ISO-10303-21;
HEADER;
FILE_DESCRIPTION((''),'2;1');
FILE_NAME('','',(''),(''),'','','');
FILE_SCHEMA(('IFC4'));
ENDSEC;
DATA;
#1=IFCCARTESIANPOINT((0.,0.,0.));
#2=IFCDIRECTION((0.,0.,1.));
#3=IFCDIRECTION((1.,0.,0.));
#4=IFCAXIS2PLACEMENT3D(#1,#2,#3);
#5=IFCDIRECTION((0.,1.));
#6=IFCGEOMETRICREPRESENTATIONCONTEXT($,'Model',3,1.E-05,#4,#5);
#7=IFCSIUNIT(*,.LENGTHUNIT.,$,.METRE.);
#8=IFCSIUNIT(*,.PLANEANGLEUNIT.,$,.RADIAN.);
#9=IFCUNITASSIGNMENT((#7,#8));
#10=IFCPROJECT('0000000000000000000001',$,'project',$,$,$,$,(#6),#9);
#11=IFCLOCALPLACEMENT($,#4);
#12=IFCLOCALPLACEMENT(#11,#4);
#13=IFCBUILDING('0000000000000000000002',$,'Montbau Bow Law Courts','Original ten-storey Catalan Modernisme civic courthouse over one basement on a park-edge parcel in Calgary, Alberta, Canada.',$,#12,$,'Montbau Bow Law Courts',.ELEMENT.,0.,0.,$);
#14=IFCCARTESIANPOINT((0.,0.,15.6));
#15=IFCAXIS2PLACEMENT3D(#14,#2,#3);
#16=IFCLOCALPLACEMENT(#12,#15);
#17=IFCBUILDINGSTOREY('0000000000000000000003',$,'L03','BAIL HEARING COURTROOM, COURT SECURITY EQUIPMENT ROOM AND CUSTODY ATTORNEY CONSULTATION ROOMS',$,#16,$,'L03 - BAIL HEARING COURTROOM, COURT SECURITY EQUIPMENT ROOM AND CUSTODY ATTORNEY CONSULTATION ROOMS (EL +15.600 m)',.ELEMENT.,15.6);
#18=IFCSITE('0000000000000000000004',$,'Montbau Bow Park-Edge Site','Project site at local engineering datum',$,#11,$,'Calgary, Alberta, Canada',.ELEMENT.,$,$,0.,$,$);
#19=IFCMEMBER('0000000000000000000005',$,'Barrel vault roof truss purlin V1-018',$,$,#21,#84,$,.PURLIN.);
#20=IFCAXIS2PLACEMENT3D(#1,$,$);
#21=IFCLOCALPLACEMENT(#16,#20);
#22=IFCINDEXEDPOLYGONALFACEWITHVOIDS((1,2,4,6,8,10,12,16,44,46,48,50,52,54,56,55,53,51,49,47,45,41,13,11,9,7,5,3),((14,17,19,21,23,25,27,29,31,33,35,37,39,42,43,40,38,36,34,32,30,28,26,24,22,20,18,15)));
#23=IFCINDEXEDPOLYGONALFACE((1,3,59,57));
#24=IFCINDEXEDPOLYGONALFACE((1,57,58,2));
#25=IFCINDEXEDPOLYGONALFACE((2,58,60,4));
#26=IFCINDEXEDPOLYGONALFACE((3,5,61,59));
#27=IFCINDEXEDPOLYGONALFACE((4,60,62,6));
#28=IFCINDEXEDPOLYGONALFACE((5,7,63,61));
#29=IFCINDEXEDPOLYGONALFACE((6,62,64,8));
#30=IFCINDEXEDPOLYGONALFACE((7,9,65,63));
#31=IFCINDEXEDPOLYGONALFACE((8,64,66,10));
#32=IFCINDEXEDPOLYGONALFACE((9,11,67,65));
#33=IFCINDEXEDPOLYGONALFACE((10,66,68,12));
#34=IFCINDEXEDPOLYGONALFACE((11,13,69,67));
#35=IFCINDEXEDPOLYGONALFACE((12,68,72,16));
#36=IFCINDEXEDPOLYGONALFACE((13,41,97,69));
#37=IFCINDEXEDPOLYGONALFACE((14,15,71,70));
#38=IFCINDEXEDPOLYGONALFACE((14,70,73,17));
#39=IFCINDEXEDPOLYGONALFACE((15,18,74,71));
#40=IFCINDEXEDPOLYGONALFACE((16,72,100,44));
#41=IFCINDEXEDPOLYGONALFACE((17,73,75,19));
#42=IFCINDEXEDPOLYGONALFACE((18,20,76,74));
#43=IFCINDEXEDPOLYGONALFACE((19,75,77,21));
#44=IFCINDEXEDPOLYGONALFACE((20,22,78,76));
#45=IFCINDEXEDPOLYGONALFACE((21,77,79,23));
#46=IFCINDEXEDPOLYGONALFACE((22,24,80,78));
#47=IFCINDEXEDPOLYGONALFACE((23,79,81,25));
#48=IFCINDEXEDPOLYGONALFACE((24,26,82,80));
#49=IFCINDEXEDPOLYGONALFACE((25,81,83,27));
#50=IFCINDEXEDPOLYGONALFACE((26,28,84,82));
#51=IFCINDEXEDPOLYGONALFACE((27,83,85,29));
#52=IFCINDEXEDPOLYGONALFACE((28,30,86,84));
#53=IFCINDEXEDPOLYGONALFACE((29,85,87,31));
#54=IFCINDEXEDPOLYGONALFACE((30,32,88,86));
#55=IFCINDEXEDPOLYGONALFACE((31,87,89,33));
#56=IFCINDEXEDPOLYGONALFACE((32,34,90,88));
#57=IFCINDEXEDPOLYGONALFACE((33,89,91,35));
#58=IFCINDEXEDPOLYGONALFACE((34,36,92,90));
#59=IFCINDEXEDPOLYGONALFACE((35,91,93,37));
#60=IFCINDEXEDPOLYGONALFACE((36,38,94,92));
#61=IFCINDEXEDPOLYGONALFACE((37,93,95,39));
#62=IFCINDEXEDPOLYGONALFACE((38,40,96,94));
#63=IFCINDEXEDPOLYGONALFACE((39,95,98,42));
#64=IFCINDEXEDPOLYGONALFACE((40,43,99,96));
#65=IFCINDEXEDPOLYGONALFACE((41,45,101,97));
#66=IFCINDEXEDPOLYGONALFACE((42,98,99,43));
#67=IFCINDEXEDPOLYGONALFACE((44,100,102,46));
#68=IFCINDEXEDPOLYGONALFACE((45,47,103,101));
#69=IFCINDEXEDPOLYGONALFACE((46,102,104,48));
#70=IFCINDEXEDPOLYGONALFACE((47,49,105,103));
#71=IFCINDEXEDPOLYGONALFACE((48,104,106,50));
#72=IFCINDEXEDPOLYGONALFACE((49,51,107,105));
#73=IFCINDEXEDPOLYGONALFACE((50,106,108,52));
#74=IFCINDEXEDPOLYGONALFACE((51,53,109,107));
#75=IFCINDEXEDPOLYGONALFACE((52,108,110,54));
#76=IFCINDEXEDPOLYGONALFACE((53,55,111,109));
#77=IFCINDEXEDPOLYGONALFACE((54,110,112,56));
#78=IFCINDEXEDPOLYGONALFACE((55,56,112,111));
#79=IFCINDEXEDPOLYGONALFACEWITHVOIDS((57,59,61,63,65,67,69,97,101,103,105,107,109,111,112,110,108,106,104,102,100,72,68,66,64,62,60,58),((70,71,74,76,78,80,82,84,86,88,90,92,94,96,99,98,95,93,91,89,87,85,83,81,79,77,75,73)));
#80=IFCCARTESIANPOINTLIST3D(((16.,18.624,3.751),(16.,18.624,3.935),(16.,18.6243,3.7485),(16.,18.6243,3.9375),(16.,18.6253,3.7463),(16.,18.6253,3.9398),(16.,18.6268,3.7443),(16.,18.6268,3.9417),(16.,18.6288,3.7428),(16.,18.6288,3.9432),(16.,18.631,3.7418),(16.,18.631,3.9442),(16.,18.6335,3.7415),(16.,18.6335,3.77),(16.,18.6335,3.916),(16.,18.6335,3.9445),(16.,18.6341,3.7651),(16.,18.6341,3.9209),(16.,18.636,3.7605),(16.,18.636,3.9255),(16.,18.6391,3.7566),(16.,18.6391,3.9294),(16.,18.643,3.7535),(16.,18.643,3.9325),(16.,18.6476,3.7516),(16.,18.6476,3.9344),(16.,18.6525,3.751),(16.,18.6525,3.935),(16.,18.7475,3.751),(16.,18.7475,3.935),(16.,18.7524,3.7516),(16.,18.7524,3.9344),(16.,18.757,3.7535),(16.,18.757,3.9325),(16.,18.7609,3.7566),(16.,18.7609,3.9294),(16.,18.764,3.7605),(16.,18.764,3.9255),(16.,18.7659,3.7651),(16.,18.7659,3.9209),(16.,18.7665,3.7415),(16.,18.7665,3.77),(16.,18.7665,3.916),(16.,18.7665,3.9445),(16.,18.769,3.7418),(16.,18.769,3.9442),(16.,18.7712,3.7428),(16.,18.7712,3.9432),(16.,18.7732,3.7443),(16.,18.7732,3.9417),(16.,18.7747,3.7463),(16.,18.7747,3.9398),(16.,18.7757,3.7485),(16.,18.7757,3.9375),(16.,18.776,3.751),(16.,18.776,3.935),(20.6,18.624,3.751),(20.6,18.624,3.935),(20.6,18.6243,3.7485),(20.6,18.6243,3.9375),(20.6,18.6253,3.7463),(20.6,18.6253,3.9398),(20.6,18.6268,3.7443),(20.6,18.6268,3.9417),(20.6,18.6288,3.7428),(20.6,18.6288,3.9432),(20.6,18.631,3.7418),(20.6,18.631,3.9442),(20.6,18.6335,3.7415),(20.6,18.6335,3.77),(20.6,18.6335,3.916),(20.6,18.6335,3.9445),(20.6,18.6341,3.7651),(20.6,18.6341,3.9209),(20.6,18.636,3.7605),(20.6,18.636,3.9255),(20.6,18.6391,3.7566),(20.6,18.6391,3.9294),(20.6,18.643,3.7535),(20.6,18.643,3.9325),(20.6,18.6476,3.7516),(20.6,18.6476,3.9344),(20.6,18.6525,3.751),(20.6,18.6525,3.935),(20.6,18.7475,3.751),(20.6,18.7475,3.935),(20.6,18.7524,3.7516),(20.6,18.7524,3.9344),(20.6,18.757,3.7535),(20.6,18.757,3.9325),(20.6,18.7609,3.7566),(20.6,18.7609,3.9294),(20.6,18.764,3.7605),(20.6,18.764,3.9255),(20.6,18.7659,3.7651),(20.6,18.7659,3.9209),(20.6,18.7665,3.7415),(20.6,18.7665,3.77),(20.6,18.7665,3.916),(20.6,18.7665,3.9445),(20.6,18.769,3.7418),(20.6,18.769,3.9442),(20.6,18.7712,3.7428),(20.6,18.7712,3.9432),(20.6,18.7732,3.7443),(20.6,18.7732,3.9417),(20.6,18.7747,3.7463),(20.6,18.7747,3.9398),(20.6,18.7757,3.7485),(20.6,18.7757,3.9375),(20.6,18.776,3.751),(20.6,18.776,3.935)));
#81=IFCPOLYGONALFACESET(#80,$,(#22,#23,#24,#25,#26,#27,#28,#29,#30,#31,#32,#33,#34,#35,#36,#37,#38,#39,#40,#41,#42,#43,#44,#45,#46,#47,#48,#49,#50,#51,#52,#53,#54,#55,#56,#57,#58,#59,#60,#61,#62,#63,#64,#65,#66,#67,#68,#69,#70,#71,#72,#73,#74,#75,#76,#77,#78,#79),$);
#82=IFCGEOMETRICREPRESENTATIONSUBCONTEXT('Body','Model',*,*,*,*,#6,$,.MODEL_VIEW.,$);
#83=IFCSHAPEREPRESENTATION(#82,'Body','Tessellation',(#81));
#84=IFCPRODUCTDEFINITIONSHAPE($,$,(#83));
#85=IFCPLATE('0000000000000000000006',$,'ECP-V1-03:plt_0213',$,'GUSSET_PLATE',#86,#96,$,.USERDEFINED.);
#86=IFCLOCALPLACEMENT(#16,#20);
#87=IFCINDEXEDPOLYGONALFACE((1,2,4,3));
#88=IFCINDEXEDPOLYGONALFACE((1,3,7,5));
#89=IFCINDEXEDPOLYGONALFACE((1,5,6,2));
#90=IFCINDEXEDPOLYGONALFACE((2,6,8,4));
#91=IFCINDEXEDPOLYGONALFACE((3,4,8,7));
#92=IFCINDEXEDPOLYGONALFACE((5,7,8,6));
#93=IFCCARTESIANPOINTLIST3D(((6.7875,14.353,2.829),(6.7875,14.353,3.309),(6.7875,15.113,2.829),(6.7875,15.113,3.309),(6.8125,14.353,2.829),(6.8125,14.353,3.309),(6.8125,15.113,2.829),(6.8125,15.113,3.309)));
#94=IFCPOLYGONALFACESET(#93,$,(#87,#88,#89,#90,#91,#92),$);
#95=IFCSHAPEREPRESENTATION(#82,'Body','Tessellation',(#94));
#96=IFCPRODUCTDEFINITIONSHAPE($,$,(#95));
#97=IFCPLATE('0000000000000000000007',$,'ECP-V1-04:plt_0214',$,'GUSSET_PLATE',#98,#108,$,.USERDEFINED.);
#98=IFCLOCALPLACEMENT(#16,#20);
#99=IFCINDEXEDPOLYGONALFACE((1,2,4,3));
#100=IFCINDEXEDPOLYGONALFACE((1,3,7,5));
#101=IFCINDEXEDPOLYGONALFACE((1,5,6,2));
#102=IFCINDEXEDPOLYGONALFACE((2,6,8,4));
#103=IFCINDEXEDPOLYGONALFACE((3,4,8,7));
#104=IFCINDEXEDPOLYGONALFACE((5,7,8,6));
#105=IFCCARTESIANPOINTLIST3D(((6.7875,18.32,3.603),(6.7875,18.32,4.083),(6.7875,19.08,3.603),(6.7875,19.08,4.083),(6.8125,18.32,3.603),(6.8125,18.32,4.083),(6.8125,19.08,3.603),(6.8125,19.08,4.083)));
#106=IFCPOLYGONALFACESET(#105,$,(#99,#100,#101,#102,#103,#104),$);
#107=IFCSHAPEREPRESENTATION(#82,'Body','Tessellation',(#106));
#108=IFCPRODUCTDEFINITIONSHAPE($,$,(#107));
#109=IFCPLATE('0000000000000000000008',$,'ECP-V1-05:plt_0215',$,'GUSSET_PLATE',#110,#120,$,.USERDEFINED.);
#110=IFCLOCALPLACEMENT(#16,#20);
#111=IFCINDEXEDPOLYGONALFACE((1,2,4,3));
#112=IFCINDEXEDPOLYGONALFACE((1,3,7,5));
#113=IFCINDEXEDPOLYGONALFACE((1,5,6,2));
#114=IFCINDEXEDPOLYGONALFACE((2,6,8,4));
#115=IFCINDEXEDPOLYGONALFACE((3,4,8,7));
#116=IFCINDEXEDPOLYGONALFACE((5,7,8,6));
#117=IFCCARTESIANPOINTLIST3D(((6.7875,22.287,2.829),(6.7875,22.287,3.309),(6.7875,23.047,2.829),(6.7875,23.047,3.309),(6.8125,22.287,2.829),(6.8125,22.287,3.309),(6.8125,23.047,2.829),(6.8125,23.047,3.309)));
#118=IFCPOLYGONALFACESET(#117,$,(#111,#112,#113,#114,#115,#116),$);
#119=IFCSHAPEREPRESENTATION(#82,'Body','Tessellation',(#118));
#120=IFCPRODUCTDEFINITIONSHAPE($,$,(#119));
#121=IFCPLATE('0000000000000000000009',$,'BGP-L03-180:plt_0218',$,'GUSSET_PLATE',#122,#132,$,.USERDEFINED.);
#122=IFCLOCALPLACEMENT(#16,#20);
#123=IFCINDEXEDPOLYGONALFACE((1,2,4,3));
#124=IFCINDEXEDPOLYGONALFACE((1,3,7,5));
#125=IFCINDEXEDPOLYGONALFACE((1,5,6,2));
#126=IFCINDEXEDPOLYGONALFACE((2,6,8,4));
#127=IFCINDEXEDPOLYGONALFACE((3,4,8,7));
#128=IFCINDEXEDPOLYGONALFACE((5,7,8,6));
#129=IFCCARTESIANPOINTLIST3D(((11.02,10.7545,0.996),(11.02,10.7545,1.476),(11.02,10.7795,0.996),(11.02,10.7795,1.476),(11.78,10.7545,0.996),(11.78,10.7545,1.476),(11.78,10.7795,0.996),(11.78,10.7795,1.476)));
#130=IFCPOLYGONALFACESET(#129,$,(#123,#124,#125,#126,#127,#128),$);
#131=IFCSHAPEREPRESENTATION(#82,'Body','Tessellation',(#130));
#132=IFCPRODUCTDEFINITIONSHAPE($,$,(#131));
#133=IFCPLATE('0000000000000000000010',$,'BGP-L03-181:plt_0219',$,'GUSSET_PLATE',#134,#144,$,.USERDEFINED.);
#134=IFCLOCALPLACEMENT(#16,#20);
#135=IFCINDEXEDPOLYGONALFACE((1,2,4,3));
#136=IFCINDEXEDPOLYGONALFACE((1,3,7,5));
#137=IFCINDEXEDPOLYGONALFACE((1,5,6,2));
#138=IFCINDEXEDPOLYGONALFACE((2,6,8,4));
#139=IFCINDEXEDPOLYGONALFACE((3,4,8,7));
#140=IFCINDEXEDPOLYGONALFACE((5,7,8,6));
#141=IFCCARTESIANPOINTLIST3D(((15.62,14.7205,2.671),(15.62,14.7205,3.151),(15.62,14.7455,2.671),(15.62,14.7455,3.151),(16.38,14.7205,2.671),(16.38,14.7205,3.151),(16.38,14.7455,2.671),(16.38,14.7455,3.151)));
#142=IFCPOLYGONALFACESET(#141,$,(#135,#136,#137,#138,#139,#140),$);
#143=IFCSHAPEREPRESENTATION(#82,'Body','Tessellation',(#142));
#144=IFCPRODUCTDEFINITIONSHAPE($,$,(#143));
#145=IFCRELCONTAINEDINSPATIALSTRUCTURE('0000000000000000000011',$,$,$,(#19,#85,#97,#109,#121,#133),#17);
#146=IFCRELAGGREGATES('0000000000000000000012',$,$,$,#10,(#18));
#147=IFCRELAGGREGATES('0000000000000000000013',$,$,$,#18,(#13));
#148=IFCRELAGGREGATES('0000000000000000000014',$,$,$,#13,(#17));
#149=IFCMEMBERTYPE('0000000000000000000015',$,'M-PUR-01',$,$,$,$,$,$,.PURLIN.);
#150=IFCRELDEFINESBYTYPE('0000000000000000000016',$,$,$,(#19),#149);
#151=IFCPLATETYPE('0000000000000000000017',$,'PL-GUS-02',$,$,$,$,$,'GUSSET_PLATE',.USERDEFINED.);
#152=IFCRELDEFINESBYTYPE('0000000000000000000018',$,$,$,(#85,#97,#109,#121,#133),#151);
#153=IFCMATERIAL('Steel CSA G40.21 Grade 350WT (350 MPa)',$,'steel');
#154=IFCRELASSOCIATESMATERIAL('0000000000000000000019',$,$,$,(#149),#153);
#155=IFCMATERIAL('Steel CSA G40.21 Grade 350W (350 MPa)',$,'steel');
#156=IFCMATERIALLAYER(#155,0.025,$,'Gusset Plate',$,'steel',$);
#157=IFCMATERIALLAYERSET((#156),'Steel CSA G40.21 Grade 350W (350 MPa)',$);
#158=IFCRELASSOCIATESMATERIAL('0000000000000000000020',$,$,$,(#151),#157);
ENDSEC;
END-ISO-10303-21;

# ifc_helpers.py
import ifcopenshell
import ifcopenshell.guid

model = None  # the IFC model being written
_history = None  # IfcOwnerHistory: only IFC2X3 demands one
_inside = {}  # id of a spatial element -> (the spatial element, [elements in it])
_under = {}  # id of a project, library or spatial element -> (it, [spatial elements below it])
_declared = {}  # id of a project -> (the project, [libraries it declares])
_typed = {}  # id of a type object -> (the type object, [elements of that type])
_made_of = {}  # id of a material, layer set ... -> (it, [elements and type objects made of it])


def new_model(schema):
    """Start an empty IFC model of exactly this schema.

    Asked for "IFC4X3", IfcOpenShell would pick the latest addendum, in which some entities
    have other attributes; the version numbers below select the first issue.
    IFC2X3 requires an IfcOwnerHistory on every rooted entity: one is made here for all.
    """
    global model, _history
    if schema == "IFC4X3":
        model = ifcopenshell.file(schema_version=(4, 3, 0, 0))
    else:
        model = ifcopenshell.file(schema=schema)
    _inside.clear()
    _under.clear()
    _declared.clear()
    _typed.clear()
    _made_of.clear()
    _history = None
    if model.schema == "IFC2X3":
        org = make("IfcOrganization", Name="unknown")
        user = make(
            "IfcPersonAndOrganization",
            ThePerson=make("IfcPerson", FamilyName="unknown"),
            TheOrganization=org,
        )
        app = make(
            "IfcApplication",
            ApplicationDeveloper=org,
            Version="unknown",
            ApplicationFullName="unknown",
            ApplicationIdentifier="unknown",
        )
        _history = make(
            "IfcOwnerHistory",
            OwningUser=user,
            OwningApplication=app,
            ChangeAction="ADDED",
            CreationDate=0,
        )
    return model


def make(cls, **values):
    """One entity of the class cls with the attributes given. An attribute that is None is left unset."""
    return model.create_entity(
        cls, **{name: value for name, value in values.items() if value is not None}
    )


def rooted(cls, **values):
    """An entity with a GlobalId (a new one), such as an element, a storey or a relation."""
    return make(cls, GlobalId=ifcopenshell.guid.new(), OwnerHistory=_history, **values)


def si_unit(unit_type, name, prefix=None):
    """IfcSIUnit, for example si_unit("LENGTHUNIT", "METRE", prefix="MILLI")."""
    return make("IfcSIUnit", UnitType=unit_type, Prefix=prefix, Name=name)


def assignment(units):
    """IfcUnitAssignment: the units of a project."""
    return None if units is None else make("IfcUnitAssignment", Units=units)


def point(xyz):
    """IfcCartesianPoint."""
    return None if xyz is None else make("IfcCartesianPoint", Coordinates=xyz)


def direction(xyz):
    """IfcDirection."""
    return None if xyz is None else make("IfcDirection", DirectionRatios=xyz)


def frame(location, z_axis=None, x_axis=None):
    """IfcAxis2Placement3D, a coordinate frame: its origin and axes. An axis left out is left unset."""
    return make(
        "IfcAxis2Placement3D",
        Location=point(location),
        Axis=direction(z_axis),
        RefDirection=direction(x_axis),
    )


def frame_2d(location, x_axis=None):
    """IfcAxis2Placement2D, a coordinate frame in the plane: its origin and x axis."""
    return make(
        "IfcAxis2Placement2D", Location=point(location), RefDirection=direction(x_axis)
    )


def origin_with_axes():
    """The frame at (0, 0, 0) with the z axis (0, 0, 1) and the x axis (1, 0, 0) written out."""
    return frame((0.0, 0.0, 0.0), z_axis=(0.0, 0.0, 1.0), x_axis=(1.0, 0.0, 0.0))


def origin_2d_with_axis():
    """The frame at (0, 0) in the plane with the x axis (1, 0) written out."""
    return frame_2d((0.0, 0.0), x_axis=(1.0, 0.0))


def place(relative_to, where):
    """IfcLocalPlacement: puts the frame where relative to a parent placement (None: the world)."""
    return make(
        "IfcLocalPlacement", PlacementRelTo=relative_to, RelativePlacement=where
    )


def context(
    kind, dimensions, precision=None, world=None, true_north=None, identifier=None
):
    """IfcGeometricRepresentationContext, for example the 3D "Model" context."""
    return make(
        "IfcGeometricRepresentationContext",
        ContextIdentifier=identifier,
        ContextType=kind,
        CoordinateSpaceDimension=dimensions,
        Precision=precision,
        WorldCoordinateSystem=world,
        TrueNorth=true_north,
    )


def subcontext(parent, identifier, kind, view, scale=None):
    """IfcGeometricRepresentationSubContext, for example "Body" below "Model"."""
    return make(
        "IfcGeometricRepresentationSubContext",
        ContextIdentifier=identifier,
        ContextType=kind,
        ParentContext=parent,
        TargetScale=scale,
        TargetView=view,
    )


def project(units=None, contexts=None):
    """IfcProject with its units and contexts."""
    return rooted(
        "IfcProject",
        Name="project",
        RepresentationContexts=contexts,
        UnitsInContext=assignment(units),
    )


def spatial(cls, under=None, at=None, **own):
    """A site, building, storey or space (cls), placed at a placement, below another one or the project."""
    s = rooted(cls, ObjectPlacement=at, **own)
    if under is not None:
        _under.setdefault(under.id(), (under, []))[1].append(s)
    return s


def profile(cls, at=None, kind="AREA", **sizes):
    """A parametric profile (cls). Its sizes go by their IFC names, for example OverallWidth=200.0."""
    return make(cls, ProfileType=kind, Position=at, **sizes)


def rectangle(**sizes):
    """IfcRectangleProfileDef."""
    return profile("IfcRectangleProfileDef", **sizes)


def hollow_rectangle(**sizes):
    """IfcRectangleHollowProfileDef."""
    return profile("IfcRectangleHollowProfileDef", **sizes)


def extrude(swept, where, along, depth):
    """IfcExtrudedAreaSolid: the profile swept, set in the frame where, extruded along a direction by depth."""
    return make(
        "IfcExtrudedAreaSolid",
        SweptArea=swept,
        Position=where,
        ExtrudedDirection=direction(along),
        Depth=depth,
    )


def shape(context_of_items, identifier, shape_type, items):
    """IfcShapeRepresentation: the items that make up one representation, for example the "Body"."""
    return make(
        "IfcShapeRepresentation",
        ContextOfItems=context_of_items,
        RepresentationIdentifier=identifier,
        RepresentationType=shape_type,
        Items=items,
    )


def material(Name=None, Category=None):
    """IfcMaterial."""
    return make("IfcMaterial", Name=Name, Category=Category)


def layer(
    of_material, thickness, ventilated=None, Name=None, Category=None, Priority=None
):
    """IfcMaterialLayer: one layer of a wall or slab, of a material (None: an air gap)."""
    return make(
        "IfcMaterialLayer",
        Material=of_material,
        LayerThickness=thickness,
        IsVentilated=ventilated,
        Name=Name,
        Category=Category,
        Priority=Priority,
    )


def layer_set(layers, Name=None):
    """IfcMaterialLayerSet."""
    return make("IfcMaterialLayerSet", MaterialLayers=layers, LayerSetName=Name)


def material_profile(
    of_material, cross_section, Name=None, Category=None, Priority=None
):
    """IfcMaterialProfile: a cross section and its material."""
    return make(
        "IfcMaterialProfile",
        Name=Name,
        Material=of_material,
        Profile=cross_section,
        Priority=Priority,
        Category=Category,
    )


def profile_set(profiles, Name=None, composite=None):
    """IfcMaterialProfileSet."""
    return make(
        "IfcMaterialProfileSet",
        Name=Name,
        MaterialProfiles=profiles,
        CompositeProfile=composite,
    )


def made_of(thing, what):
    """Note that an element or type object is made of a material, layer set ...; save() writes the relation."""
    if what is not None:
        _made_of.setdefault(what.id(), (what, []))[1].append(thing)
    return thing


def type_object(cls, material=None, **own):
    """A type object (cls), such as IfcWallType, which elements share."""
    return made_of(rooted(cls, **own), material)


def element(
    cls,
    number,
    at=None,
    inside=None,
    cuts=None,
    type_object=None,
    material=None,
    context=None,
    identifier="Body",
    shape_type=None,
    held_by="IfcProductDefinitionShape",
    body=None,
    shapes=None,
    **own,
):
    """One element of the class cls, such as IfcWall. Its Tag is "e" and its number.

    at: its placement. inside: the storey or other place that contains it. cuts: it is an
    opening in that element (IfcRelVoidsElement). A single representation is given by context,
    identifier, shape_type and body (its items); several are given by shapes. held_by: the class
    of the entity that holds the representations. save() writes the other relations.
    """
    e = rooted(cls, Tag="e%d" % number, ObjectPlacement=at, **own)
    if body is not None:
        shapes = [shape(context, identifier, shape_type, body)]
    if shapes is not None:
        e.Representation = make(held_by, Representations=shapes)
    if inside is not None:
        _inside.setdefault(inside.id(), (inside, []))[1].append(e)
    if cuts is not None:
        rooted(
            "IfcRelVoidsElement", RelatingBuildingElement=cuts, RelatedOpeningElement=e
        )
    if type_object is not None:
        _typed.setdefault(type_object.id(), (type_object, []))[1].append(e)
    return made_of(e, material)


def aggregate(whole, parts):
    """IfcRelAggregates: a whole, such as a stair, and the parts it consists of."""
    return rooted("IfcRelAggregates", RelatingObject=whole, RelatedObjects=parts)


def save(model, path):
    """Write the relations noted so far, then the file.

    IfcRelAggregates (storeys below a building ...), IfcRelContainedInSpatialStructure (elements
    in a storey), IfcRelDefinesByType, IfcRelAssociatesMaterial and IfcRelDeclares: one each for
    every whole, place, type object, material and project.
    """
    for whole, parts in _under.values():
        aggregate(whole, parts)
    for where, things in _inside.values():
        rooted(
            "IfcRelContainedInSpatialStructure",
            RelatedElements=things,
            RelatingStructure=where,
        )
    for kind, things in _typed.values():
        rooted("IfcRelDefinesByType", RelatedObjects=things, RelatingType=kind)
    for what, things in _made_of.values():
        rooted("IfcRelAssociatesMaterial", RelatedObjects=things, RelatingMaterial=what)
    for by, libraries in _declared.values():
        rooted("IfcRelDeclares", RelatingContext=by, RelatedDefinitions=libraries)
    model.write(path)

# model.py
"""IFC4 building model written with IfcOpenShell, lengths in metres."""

from ifc_helpers import new_model, si_unit, direction, frame, origin_with_axes, origin_2d_with_axis, place, context, subcontext, project, spatial, rectangle, hollow_rectangle, extrude, material, layer, layer_set, material_profile, profile_set, type_object, element, save


model = new_model("IFC4")

# Units and contexts
model_context = context("Model", 3, precision=1e-05, world=origin_with_axes(), true_north=direction((0.0, 1.0)))
body_context = subcontext(model_context, "Body", "Model", "MODEL_VIEW")
ifc_project = project(units=[si_unit("LENGTHUNIT", "METRE"), si_unit("PLANEANGLEUNIT", "RADIAN")], contexts=[model_context])

# Site, building, storey
site_placement = place(None, origin_with_axes())
site = spatial("IfcSite", under=ifc_project, at=site_placement, Name="Montbau Bow Park-Edge Site", Description="Project site at local engineering datum", LongName="Calgary, Alberta, Canada", CompositionType="ELEMENT", RefElevation=0.0)
building_placement = place(site_placement, origin_with_axes())
building = spatial("IfcBuilding", under=site, at=building_placement, Name="Montbau Bow Law Courts", Description="Original ten-storey Catalan Modernisme civic courthouse over one basement on a park-edge parcel in Calgary, Alberta, Canada.", LongName="Montbau Bow Law Courts", CompositionType="ELEMENT", ElevationOfRefHeight=0.0, ElevationOfTerrain=0.0)
storey_placement = place(building_placement, frame((0.0, 0.0, 15.6), z_axis=(0.0, 0.0, 1.0), x_axis=(1.0, 0.0, 0.0)))
storey = spatial("IfcBuildingStorey", under=building, at=storey_placement, Name="L03", Description="BAIL HEARING COURTROOM, COURT SECURITY EQUIPMENT ROOM AND CUSTODY ATTORNEY CONSULTATION ROOMS", LongName="L03 - BAIL HEARING COURTROOM, COURT SECURITY EQUIPMENT ROOM AND CUSTODY ATTORNEY CONSULTATION ROOMS (EL +15.600 m)", CompositionType="ELEMENT", Elevation=15.6)

# Shared definitions
ifc_material_1 = material(Name="Steel CSA G40.21 Grade 350WT (350 MPa)", Category="steel")

# Member
ifc_material_profile_1 = material_profile(ifc_material_1, hollow_rectangle(XDim=0.152, YDim=0.203, WallThickness=0.0095, InnerFilletRadius=0.019, OuterFilletRadius=0.0095, at=origin_2d_with_axis()), Name="HSS203X152X9.5", Category="Main", Priority=0)
ifc_profile_set_1 = profile_set([ifc_material_profile_1], Name="Steel CSA G40.21 Grade 350WT (350 MPa)")
member_type_1 = type_object("IfcMemberType", Name="M-PUR-01", PredefinedType="PURLIN", material=ifc_profile_set_1)
for number, where, z_axis, x_axis, name in (
    (1, (16.0, 18.7, 19.443), (1.0, 0.0, 0.0), (0.0, 1.0, 0.0), "Barrel vault roof truss purlin V1-018"),
):
    element("IfcMember", number, at=place(None, frame(where, z_axis=z_axis, x_axis=x_axis)), inside=storey, type_object=member_type_1, Name=name, PredefinedType="PURLIN", context=body_context, shape_type="SweptSolid", body=[
        extrude(hollow_rectangle(XDim=0.152, YDim=0.203, WallThickness=0.0095, InnerFilletRadius=0.019, OuterFilletRadius=0.0095, at=origin_2d_with_axis()), origin_with_axes(), (0.0, 0.0, 1.0), 4.6),
    ])

# Plates
ifc_material_2 = material(Name="Steel CSA G40.21 Grade 350W (350 MPa)", Category="steel")
ifc_layer = layer(ifc_material_2, 0.025, Name="Gusset Plate", Category="steel")
ifc_layer_set = layer_set([ifc_layer], Name="Steel CSA G40.21 Grade 350W (350 MPa)")
plate_type = type_object("IfcPlateType", Name="PL-GUS-02", ElementType="GUSSET_PLATE", PredefinedType="USERDEFINED", material=ifc_layer_set)
for number, where, z_axis, x_axis, name in (
    (2, (6.8, 14.733, 18.429), (0.0, 0.0, 1.0), (1.0, 0.0, 0.0), "ECP-V1-03:plt_0213"),
    (3, (6.8, 18.7, 19.203), (0.0, 0.0, 1.0), (1.0, 0.0, 0.0), "ECP-V1-04:plt_0214"),
    (4, (6.8, 22.667, 18.429), (0.0, 0.0, 1.0), (1.0, 0.0, 0.0), "ECP-V1-05:plt_0215"),
):
    element("IfcPlate", number, at=place(None, frame(where, z_axis=z_axis, x_axis=x_axis)), inside=storey, type_object=plate_type, Name=name, ObjectType="GUSSET_PLATE", PredefinedType="USERDEFINED", context=body_context, shape_type="SweptSolid", body=[
        extrude(rectangle(XDim=0.025, YDim=0.76, at=origin_2d_with_axis()), origin_with_axes(), (0.0, 0.0, 1.0), 0.48),
    ])
for number, where, z_axis, x_axis, name in (
    (5, (11.4, 10.767, 16.596), (0.0, 0.0, 1.0), (1.0, 0.0, 0.0), "BGP-L03-180:plt_0218"),
    (6, (16.0, 14.733, 18.271), (0.0, 0.0, 1.0), (1.0, 0.0, 0.0), "BGP-L03-181:plt_0219"),
):
    element("IfcPlate", number, at=place(None, frame(where, z_axis=z_axis, x_axis=x_axis)), inside=storey, type_object=plate_type, Name=name, ObjectType="GUSSET_PLATE", PredefinedType="USERDEFINED", context=body_context, shape_type="SweptSolid", body=[
        extrude(rectangle(XDim=0.76, YDim=0.025, at=origin_2d_with_axis()), origin_with_axes(), (0.0, 0.0, 1.0), 0.48),
    ])

save(model, "model.ifc")
